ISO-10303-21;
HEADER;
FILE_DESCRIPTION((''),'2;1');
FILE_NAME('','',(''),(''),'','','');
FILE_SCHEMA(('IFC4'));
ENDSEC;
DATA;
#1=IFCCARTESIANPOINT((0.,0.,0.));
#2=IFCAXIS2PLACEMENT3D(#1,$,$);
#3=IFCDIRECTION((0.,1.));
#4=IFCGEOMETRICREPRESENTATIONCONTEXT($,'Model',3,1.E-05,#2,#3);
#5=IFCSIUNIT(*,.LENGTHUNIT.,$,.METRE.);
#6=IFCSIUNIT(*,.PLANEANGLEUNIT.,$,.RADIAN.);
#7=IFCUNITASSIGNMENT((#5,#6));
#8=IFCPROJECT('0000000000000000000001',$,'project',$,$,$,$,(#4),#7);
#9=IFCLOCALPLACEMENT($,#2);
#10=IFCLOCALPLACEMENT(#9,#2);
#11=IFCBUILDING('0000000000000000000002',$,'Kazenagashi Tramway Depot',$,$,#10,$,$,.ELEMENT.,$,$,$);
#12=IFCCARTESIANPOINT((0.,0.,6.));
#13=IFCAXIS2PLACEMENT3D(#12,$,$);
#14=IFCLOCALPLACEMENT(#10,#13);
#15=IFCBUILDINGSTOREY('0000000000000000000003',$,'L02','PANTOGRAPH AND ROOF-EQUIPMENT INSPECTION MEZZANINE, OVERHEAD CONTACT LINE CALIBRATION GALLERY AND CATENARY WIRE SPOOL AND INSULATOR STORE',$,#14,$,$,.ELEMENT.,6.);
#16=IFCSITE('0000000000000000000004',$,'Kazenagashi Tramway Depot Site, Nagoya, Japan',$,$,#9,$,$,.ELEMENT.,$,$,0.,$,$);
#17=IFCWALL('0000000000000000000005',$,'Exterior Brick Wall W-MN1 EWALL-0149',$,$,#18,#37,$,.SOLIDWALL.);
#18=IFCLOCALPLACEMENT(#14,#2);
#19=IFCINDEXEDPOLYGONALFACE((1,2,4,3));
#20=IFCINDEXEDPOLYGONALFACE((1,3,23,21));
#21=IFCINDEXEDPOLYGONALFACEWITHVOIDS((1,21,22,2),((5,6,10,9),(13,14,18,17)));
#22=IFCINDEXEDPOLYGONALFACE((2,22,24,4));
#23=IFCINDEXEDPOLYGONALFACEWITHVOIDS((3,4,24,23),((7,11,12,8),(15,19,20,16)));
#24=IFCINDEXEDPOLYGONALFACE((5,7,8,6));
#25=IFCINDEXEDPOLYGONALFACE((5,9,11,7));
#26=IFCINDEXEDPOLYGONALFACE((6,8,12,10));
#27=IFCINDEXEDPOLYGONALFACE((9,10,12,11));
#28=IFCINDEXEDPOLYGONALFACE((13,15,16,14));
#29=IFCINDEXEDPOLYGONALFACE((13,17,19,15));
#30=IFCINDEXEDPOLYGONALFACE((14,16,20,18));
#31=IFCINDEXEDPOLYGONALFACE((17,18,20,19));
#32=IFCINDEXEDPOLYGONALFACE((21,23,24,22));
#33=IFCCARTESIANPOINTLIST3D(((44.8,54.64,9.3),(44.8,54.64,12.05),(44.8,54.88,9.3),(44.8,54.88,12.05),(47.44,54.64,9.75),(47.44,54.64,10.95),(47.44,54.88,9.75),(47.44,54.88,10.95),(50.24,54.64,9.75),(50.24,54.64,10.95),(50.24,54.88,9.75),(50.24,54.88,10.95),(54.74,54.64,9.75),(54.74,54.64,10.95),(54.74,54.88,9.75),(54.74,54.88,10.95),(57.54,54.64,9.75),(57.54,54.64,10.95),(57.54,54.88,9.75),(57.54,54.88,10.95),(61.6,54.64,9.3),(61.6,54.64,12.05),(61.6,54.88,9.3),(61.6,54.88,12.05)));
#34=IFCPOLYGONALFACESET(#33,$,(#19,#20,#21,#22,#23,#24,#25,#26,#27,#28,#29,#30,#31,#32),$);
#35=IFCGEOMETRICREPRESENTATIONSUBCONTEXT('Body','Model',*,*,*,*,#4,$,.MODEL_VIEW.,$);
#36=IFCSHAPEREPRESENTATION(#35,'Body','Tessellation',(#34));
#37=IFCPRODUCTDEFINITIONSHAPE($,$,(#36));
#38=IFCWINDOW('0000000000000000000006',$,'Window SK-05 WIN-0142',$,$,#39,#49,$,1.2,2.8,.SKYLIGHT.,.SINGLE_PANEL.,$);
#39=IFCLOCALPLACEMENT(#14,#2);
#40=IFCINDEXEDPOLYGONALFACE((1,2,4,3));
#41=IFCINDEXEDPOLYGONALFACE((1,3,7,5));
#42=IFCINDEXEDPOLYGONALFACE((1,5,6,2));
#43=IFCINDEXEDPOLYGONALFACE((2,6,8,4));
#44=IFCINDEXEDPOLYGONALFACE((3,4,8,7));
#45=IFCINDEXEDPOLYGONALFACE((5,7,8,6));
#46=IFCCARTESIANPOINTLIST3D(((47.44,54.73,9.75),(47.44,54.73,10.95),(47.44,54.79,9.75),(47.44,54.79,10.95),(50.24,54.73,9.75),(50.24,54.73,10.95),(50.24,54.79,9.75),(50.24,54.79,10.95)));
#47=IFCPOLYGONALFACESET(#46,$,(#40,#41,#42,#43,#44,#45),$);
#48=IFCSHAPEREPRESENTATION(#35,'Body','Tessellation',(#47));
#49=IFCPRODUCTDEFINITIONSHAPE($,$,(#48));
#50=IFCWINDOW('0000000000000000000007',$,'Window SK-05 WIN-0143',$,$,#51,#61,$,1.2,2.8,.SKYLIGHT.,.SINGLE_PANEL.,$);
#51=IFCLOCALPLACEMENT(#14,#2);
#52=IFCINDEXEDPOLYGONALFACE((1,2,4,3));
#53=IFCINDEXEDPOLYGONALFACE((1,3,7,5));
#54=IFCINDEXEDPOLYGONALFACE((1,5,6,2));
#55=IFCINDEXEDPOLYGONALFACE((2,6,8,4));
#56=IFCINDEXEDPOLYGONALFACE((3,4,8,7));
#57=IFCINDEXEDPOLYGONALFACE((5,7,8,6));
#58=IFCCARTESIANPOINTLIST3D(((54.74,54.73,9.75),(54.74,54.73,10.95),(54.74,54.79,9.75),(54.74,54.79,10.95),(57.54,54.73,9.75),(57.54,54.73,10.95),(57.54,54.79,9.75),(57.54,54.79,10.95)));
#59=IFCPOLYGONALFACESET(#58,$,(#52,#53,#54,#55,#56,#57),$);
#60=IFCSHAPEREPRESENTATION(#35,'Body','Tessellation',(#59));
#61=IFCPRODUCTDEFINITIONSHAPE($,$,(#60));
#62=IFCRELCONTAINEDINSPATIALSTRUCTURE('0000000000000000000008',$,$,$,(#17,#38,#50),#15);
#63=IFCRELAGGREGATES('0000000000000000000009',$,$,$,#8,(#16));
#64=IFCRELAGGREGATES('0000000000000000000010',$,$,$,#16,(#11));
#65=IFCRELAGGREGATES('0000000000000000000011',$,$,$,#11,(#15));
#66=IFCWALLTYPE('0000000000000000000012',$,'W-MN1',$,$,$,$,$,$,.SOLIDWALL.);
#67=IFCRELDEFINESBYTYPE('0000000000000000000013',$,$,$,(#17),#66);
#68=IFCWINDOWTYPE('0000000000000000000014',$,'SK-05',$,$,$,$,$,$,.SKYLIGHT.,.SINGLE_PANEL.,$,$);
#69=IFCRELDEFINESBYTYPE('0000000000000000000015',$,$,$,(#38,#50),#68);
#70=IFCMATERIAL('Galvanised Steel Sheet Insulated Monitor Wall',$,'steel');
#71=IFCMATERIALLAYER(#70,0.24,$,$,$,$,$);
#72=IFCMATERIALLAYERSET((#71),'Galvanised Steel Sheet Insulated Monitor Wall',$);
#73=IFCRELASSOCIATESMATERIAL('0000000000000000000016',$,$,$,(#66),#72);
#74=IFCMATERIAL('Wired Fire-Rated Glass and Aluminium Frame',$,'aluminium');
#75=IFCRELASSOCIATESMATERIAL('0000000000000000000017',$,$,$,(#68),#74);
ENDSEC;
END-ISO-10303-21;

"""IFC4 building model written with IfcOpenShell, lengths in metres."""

from ifc_helpers import new_model, si_unit, direction, frame, frame_2d, origin, place, context, subcontext, project, spatial, rectangle, extrude, material, layer, layer_set, type_object, element, fill, save


model = new_model("IFC4")

# Units and contexts
model_context = context("Model", 3, precision=1e-05, world=origin(), true_north=direction((0.0, 1.0)))
body_context = subcontext(model_context, "Body", "Model", "MODEL_VIEW")
ifc_project = project(units=[si_unit("LENGTHUNIT", "METRE"), si_unit("PLANEANGLEUNIT", "RADIAN")], contexts=[model_context])

# Site, building, storey
site_placement = place(None, origin())
site = spatial("IfcSite", under=ifc_project, at=site_placement, Name="Kazenagashi Tramway Depot Site, Nagoya, Japan", CompositionType="ELEMENT", RefElevation=0.0)
building_placement = place(site_placement, origin())
building = spatial("IfcBuilding", under=site, at=building_placement, Name="Kazenagashi Tramway Depot", CompositionType="ELEMENT")
storey_placement = place(building_placement, frame((0.0, 0.0, 6.0)))
storey = spatial("IfcBuildingStorey", under=building, at=storey_placement, Name="L02", Description="PANTOGRAPH AND ROOF-EQUIPMENT INSPECTION MEZZANINE, OVERHEAD CONTACT LINE CALIBRATION GALLERY AND CATENARY WIRE SPOOL AND INSULATOR STORE", CompositionType="ELEMENT", Elevation=6.0)

# Wall, openings, windows
ifc_material_1 = material(Name="Galvanised Steel Sheet Insulated Monitor Wall", Category="steel")
ifc_layer_1 = layer(ifc_material_1, 0.24)
ifc_layer_set_1 = layer_set([ifc_layer_1], Name="Galvanised Steel Sheet Insulated Monitor Wall")
wall_type = type_object("IfcWallType", Name="W-MN1", PredefinedType="SOLIDWALL", material=ifc_layer_set_1)
wall_placement = place(storey_placement, frame((44.8, 54.76, 9.3), z_axis=(0.0, 0.0, 1.0), x_axis=(1.0, 0.0, 0.0)))
wall = element("IfcWall", 1, at=wall_placement, inside=storey, type_object=wall_type, Name="Exterior Brick Wall W-MN1 EWALL-0149", PredefinedType="SOLIDWALL", context=body_context, shape_type="SweptSolid", body=[
    extrude(rectangle(XDim=16.8, YDim=0.24, at=frame_2d((8.4, 0.0))), origin(), (0.0, 0.0, 1.0), 2.75),
])
opening_1_placement = place(wall_placement, frame((2.64, 0.0, 0.45)))
opening_1 = element("IfcOpeningElement", 2, at=opening_1_placement, cuts=wall, PredefinedType="OPENING", context=body_context, shape_type="SweptSolid", body=[
    extrude(rectangle(XDim=2.8, YDim=1.2, at=frame_2d((1.4, 0.6))), frame((0.0, 0.13, 0.0), z_axis=(0.0, -1.0, 0.0), x_axis=(1.0, 0.0, 0.0)), (0.0, 0.0, 1.0), 0.26),
])
opening_2_placement = place(wall_placement, frame((9.94, 0.0, 0.45)))
opening_2 = element("IfcOpeningElement", 3, at=opening_2_placement, cuts=wall, PredefinedType="OPENING", context=body_context, shape_type="SweptSolid", body=[
    extrude(rectangle(XDim=2.8, YDim=1.2, at=frame_2d((1.4, 0.6))), frame((0.0, 0.13, 0.0), z_axis=(0.0, -1.0, 0.0), x_axis=(1.0, 0.0, 0.0)), (0.0, 0.0, 1.0), 0.26),
])
ifc_material_2 = material(Name="Wired Fire-Rated Glass and Aluminium Frame", Category="aluminium")
window_type = type_object("IfcWindowType", Name="SK-05", PartitioningType="SINGLE_PANEL", PredefinedType="SKYLIGHT", material=ifc_material_2)
window_1_placement = place(opening_1_placement, origin())
window_1 = element("IfcWindow", 4, at=window_1_placement, inside=storey, type_object=window_type, Name="Window SK-05 WIN-0142", OverallHeight=1.2, OverallWidth=2.8, PartitioningType="SINGLE_PANEL", PredefinedType="SKYLIGHT", context=body_context, shape_type="SweptSolid", body=[
    extrude(rectangle(XDim=2.8, YDim=1.2, at=frame_2d((1.4, 0.6))), frame((0.0, 0.03, 0.0), z_axis=(0.0, -1.0, 0.0), x_axis=(1.0, 0.0, 0.0)), (0.0, 0.0, 1.0), 0.06),
])
fill(opening_1, window_1)
window_2_placement = place(opening_2_placement, origin())
window_2 = element("IfcWindow", 5, at=window_2_placement, inside=storey, type_object=window_type, Name="Window SK-05 WIN-0143", OverallHeight=1.2, OverallWidth=2.8, PartitioningType="SINGLE_PANEL", PredefinedType="SKYLIGHT", context=body_context, shape_type="SweptSolid", body=[
    extrude(rectangle(XDim=2.8, YDim=1.2, at=frame_2d((1.4, 0.6))), frame((0.0, 0.03, 0.0), z_axis=(0.0, -1.0, 0.0), x_axis=(1.0, 0.0, 0.0)), (0.0, 0.0, 1.0), 0.06),
])
fill(opening_2, window_2)

save(model, "model.ifc")
